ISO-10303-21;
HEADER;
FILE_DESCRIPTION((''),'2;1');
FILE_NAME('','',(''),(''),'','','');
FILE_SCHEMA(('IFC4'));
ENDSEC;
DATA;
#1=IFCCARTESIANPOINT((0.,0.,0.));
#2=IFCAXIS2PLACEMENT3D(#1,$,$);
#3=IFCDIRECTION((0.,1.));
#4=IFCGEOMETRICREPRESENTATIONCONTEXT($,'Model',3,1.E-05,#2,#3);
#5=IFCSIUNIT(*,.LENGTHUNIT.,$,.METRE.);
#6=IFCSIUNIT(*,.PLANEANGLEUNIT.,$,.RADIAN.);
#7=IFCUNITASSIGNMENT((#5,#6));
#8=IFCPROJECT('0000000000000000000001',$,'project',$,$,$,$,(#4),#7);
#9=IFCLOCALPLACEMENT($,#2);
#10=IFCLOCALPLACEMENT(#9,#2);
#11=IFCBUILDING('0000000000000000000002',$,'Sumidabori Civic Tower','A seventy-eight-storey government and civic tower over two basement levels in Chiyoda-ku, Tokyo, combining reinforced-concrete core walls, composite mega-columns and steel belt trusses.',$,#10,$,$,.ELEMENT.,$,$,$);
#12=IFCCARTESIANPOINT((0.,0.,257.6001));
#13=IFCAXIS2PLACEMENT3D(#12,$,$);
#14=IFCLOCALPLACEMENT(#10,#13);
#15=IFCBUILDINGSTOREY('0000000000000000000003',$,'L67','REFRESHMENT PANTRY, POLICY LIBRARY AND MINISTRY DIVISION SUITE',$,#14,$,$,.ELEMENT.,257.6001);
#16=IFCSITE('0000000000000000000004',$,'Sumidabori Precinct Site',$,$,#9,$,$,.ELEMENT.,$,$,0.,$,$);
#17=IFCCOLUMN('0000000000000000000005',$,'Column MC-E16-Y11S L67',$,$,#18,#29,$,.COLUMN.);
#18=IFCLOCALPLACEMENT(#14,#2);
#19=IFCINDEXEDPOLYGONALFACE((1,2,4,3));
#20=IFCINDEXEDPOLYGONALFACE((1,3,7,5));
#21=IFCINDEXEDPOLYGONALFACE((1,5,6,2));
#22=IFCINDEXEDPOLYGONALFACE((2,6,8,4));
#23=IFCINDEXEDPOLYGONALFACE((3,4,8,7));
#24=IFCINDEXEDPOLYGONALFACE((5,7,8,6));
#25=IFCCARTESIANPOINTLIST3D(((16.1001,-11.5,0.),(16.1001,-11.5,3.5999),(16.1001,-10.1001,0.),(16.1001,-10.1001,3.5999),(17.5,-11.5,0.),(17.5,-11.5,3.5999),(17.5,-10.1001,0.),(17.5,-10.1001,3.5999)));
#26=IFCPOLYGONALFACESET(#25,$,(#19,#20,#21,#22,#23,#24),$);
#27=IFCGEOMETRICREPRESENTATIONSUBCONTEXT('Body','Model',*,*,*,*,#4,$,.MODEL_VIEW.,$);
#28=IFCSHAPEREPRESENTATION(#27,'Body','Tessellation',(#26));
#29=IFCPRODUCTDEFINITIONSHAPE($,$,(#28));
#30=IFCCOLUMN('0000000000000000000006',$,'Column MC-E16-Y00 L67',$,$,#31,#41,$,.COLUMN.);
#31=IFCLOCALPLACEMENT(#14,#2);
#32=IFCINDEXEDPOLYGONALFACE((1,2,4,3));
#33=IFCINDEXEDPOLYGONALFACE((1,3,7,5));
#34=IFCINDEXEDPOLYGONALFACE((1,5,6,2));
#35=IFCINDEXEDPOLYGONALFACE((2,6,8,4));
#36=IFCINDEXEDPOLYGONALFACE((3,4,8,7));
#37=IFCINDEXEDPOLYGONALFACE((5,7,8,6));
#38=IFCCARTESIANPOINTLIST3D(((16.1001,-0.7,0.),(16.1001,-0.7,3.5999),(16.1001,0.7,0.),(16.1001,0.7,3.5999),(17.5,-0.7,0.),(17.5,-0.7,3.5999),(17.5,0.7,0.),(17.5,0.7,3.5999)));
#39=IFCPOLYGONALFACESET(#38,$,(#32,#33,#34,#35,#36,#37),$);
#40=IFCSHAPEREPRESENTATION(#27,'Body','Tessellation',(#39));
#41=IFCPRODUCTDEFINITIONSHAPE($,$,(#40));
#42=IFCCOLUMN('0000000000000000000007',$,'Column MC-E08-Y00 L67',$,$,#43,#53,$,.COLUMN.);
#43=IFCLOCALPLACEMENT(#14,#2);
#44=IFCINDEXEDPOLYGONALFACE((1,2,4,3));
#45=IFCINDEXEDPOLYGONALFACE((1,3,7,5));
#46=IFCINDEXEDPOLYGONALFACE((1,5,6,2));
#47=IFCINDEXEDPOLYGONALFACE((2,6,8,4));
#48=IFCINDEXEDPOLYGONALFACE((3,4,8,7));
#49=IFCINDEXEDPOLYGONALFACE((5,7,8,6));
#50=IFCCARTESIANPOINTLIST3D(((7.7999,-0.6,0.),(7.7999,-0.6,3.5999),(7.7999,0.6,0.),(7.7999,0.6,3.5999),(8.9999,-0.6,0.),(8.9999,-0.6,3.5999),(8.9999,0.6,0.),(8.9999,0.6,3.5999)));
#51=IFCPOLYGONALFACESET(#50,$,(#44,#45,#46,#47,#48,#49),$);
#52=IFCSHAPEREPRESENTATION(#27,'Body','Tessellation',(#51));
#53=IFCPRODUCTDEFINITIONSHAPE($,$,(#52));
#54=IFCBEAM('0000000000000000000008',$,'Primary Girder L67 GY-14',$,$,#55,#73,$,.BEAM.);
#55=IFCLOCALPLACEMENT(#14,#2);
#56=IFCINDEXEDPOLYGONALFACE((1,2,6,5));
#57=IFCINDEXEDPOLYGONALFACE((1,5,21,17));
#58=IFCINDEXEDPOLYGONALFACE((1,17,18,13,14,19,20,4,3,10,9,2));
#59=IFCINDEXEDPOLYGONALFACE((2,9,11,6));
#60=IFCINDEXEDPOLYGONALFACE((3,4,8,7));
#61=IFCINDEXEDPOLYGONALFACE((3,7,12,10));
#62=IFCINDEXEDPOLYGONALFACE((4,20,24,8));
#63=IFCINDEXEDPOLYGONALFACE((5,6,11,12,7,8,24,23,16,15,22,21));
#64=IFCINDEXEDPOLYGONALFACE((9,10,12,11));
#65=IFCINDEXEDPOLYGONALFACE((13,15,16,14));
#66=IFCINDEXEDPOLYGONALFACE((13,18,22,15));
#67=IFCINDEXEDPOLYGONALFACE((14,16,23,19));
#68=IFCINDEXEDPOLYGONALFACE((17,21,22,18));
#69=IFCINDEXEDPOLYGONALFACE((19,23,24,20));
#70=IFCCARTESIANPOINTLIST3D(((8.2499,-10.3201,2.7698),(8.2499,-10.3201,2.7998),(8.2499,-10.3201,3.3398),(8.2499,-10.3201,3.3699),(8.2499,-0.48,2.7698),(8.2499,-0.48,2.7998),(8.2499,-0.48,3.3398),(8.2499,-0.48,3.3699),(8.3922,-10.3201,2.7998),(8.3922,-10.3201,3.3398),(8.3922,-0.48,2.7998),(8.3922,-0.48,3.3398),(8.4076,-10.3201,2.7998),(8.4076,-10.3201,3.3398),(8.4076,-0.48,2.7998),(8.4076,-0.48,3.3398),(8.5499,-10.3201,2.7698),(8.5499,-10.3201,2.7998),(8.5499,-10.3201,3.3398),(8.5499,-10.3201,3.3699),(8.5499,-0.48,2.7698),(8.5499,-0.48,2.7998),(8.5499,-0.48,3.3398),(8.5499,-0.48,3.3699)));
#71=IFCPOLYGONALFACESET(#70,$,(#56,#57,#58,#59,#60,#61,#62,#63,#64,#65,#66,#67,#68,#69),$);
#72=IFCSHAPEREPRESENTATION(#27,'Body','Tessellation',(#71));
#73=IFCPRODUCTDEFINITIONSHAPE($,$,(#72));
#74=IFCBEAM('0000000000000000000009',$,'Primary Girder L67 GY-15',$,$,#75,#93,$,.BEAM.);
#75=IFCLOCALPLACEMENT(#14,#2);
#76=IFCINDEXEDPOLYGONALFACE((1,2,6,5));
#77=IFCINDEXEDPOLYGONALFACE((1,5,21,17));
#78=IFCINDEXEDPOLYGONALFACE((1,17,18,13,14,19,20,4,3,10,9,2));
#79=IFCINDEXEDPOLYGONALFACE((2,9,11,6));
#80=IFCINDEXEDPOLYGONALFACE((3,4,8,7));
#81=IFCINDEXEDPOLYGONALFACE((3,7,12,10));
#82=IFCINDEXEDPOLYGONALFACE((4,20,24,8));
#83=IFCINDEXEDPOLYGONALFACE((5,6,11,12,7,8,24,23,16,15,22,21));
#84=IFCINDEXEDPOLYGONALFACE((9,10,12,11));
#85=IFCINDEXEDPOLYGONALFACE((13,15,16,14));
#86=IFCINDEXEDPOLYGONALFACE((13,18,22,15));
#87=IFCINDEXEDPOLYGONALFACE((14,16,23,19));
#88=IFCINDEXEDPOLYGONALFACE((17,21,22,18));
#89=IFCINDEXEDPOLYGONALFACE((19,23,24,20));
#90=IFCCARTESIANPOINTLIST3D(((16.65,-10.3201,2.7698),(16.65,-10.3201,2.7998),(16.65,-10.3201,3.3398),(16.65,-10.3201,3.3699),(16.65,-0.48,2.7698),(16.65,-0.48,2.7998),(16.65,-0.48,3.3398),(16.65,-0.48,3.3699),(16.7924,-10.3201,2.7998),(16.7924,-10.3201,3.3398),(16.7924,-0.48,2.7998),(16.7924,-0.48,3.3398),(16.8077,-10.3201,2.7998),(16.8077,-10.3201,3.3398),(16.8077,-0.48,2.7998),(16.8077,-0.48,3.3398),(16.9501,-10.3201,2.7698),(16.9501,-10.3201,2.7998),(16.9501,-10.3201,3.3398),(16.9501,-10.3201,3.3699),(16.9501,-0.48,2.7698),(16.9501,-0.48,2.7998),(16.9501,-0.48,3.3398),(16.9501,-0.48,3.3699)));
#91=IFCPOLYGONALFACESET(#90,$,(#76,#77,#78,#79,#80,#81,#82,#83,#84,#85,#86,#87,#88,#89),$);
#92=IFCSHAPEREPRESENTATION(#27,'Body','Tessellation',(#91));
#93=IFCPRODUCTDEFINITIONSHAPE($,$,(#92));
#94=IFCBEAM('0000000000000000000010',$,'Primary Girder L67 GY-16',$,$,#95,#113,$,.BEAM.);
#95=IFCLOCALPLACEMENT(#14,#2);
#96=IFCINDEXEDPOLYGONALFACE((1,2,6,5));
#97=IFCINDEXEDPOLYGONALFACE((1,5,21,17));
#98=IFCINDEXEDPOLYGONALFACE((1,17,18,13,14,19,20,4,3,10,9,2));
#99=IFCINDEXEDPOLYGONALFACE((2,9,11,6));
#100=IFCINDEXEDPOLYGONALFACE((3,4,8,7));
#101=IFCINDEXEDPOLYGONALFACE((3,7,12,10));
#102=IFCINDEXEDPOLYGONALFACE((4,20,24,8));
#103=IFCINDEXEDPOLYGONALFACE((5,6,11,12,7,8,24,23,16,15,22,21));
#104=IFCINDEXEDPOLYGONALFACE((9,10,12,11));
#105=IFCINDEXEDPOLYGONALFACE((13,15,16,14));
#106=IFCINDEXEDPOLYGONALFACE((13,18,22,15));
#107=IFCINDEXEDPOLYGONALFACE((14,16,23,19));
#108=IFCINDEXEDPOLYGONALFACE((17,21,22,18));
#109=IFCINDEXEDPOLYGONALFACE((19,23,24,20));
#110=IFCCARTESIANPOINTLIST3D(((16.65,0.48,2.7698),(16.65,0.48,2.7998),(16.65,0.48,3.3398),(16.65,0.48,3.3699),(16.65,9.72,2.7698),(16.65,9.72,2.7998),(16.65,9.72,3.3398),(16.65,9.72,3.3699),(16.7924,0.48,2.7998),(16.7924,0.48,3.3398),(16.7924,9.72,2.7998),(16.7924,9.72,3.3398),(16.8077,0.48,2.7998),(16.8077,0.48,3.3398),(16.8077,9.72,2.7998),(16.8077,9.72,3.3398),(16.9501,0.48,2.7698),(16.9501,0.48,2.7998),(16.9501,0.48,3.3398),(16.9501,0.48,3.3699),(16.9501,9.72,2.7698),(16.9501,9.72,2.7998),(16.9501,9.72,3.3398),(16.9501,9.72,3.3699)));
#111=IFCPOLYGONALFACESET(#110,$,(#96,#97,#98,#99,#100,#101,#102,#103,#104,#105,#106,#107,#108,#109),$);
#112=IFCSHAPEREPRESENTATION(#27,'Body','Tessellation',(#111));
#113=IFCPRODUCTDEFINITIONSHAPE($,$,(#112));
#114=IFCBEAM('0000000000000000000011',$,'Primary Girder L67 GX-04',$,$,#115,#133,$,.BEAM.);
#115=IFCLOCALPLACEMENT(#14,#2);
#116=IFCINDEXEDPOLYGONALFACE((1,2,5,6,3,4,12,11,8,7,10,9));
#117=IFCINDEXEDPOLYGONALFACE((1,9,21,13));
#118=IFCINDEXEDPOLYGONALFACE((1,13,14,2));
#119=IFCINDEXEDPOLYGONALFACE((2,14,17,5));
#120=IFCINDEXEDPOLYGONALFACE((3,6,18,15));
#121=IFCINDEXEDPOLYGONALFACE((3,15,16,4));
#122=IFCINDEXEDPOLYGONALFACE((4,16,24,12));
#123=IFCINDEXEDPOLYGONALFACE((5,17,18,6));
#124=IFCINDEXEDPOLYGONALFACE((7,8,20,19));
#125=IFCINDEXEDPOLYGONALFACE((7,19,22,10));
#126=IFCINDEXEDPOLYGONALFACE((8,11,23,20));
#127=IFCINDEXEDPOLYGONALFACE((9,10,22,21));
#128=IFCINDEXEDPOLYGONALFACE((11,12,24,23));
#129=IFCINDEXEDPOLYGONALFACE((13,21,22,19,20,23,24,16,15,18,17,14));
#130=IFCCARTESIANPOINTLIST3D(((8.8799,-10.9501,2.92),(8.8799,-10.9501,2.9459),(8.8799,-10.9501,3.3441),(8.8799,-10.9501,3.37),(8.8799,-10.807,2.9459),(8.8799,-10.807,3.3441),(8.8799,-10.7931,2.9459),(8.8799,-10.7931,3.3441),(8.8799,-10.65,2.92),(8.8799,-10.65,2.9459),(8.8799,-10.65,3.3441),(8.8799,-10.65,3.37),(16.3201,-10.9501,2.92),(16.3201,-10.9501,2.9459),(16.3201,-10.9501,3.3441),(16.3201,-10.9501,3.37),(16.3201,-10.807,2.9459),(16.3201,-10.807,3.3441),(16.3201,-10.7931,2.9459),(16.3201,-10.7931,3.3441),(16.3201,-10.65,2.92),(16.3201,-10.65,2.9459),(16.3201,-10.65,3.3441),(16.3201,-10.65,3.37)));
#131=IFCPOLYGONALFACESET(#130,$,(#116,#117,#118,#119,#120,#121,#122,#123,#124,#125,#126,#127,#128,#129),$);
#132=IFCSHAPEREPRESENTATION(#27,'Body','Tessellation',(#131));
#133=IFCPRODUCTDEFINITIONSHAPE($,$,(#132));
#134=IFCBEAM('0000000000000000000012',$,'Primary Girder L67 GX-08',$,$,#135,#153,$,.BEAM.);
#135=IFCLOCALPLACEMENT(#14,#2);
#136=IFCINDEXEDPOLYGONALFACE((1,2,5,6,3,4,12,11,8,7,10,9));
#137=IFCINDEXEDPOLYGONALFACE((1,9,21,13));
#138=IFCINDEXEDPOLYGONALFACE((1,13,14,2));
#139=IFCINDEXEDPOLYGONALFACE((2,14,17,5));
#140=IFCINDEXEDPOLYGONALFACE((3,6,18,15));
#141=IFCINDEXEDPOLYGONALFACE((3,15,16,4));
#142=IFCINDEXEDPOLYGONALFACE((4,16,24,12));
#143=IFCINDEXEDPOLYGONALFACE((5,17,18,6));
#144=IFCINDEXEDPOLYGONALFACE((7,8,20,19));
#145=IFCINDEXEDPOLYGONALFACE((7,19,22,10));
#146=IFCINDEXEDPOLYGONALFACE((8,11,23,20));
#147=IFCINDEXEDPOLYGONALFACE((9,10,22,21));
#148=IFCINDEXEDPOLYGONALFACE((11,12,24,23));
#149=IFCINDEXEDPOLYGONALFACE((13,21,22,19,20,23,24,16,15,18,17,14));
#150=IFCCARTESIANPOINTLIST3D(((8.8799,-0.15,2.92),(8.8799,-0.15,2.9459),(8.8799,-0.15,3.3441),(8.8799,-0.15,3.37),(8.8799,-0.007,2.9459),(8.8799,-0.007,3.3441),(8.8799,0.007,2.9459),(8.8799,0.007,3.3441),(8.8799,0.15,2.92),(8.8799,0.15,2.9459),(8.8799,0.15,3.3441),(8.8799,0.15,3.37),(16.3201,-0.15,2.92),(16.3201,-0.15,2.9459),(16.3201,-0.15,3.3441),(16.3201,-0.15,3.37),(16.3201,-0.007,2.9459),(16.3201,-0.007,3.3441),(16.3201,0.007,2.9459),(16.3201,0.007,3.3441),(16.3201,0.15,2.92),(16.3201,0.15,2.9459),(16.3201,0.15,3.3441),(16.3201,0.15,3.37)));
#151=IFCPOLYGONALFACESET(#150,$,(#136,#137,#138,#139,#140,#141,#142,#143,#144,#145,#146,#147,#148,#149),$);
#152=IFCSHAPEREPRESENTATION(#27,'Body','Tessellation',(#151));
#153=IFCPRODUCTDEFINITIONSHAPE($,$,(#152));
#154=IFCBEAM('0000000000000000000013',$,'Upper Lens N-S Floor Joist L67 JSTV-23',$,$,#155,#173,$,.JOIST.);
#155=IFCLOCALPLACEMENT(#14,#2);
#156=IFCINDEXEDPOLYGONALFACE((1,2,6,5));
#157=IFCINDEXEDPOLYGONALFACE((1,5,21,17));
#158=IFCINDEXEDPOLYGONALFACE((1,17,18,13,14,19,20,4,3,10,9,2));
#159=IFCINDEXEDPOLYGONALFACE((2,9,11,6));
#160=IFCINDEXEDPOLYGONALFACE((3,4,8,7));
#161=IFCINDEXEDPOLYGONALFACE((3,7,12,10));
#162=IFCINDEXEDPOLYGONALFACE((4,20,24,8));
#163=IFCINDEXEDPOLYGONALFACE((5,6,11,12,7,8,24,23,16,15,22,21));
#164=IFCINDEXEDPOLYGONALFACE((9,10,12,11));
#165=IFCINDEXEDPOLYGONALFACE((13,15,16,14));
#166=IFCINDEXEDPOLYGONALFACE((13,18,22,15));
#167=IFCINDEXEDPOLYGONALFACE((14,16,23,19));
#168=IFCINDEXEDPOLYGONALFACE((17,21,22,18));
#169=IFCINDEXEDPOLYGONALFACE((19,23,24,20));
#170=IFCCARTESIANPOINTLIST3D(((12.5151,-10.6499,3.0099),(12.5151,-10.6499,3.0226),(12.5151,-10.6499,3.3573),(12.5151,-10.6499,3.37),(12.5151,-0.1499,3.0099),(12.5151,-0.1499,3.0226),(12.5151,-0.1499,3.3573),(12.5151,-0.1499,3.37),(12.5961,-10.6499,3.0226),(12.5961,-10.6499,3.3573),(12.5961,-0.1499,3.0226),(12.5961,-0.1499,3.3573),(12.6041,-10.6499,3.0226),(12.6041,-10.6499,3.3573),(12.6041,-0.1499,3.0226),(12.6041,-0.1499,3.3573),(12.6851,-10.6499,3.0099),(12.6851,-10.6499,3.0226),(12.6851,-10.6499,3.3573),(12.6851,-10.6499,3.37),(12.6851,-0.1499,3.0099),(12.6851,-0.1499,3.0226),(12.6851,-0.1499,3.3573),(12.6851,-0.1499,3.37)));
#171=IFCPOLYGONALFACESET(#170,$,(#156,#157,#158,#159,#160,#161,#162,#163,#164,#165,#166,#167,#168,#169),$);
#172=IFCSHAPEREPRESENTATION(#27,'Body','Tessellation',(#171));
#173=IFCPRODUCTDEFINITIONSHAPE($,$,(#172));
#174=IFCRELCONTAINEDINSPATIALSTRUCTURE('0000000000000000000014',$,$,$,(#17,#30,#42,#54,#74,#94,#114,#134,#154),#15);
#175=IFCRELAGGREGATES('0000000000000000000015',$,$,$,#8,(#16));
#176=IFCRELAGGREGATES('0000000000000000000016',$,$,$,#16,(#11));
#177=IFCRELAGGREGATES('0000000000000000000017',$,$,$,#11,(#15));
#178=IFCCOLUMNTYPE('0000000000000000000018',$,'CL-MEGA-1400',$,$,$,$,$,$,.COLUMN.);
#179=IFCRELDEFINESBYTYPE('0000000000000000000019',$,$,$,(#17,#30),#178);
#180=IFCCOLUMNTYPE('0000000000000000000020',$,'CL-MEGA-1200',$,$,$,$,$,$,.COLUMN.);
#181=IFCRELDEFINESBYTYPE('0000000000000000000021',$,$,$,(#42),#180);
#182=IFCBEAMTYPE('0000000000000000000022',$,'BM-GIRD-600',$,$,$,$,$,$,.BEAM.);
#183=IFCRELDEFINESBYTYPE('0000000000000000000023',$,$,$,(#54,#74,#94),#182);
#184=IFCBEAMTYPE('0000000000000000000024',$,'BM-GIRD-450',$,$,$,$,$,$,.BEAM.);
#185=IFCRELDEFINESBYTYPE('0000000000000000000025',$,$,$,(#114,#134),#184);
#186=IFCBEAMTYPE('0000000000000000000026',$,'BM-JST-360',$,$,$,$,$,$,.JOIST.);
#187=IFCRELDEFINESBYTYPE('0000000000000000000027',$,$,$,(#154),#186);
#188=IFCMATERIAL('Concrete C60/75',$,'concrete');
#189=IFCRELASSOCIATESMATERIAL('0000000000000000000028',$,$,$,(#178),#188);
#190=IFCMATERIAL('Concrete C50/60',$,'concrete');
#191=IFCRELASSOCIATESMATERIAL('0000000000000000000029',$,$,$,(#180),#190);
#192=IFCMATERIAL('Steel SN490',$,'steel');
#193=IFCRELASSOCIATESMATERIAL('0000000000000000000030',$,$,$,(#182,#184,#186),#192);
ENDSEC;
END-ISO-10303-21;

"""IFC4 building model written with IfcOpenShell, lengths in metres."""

from ifc_helpers import new_model, si_unit, direction, frame, origin, origin_2d, place, context, subcontext, project, spatial, rectangle, i_section, extrude, source, transform, mapped, material, material_profile, profile_set, type_object, element, save


model = new_model("IFC4")

# Units and contexts
model_context = context("Model", 3, precision=1e-05, world=origin(), true_north=direction((0.0, 1.0)))
body_context = subcontext(model_context, "Body", "Model", "MODEL_VIEW")
ifc_project = project(units=[si_unit("LENGTHUNIT", "METRE"), si_unit("PLANEANGLEUNIT", "RADIAN")], contexts=[model_context])

# Site, building, storey
site_placement = place(None, origin())
site = spatial("IfcSite", under=ifc_project, at=site_placement, Name="Sumidabori Precinct Site", CompositionType="ELEMENT", RefElevation=0.0)
building_placement = place(site_placement, origin())
building = spatial("IfcBuilding", under=site, at=building_placement, Name="Sumidabori Civic Tower", Description="A seventy-eight-storey government and civic tower over two basement levels in Chiyoda-ku, Tokyo, combining reinforced-concrete core walls, composite mega-columns and steel belt trusses.", CompositionType="ELEMENT")
storey_placement = place(building_placement, frame((0.0, 0.0, 257.6001)))
storey = spatial("IfcBuildingStorey", under=building, at=storey_placement, Name="L67", Description="REFRESHMENT PANTRY, POLICY LIBRARY AND MINISTRY DIVISION SUITE", CompositionType="ELEMENT", Elevation=257.6001)

# Columns
ifc_material_1 = material(Name="Concrete C60/75", Category="concrete")
ifc_material_profile_1 = material_profile(ifc_material_1, rectangle(XDim=1.3999, YDim=1.3999, at=origin_2d()), Name="RC 1400x1400")
ifc_profile_set_1 = profile_set([ifc_material_profile_1], Name="Concrete C60/75")
column_type_1 = type_object("IfcColumnType", Name="CL-MEGA-1400", PredefinedType="COLUMN", material=ifc_profile_set_1)
shared_shape_1 = source(origin(), body_context, "Body", "SweptSolid", [
    extrude(rectangle(XDim=1.3999, YDim=1.3999, at=origin_2d()), origin(), (0.0, 0.0, 1.0), 3.5999),
])
for number, where, z_axis, x_axis, name in (
    (1, (16.8, -10.8, 0.0), (0.0, 0.0, 1.0), (1.0, 0.0, 0.0), "Column MC-E16-Y11S L67"),
    (2, (16.8, 0.0, 0.0), (0.0, 0.0, 1.0), (1.0, 0.0, 0.0), "Column MC-E16-Y00 L67"),
):
    element("IfcColumn", number, at=place(storey_placement, frame(where, z_axis=z_axis, x_axis=x_axis)), inside=storey, type_object=column_type_1, Name=name, PredefinedType="COLUMN", context=body_context, shape_type="MappedRepresentation", body=[
        mapped(shared_shape_1, transform((0.0, 0.0, 0.0), x_axis=(1.0, 0.0, 0.0), y_axis=(0.0, 1.0, 0.0), z_axis=(0.0, 0.0, 1.0), scale=1.0)),
    ])
ifc_material_2 = material(Name="Concrete C50/60", Category="concrete")
ifc_material_profile_2 = material_profile(ifc_material_2, rectangle(XDim=1.2, YDim=1.2, at=origin_2d()), Name="RC 1200x1200")
ifc_profile_set_2 = profile_set([ifc_material_profile_2], Name="Concrete C50/60")
column_type_2 = type_object("IfcColumnType", Name="CL-MEGA-1200", PredefinedType="COLUMN", material=ifc_profile_set_2)
shared_shape_2 = source(origin(), body_context, "Body", "SweptSolid", [
    extrude(rectangle(XDim=1.2, YDim=1.2, at=origin_2d()), origin(), (0.0, 0.0, 1.0), 3.5999),
])
column_placement = place(storey_placement, frame((8.3999, 0.0, 0.0), z_axis=(0.0, 0.0, 1.0), x_axis=(1.0, 0.0, 0.0)))
element("IfcColumn", 3, at=column_placement, inside=storey, type_object=column_type_2, Name="Column MC-E08-Y00 L67", PredefinedType="COLUMN", context=body_context, shape_type="MappedRepresentation", body=[
    mapped(shared_shape_2, transform((0.0, 0.0, 0.0), x_axis=(1.0, 0.0, 0.0), y_axis=(0.0, 1.0, 0.0), z_axis=(0.0, 0.0, 1.0), scale=1.0)),
])

# Beams
ifc_material_3 = material(Name="Steel SN490", Category="steel")
ifc_material_profile_3 = material_profile(ifc_material_3, i_section(OverallWidth=0.3, OverallDepth=0.6001, WebThickness=0.0154, FlangeThickness=0.03, at=origin_2d()), Name="HE 600 B")
ifc_profile_set_3 = profile_set([ifc_material_profile_3], Name="Steel SN490")
beam_type_1 = type_object("IfcBeamType", Name="BM-GIRD-600", PredefinedType="BEAM", material=ifc_profile_set_3)
shared_shape_3 = source(origin(), body_context, "Body", "SweptSolid", [
    extrude(i_section(OverallWidth=0.3, OverallDepth=0.6001, WebThickness=0.0154, FlangeThickness=0.03, at=origin_2d()), origin(), (0.0, 0.0, 1.0), 9.8401),
])
for number, where, z_axis, x_axis, name in (
    (4, (8.3999, -10.3201, 3.0698), (0.0, 1.0, 0.0), (-1.0, 0.0, 0.0), "Primary Girder L67 GY-14"),
    (5, (16.8, -10.3201, 3.0698), (0.0, 1.0, 0.0), (-1.0, 0.0, 0.0), "Primary Girder L67 GY-15"),
):
    element("IfcBeam", number, at=place(storey_placement, frame(where, z_axis=z_axis, x_axis=x_axis)), inside=storey, type_object=beam_type_1, Name=name, PredefinedType="BEAM", context=body_context, shape_type="MappedRepresentation", body=[
        mapped(shared_shape_3, transform((0.0, 0.0, 0.0), x_axis=(1.0, 0.0, 0.0), y_axis=(0.0, 1.0, 0.0), z_axis=(0.0, 0.0, 1.0), scale=1.0)),
    ])
shared_shape_4 = source(origin(), body_context, "Body", "SweptSolid", [
    extrude(i_section(OverallWidth=0.3, OverallDepth=0.6001, WebThickness=0.0154, FlangeThickness=0.03, at=origin_2d()), origin(), (0.0, 0.0, 1.0), 9.24),
])
beam_1_placement = place(storey_placement, frame((16.8, 0.48, 3.0698), z_axis=(0.0, 1.0, 0.0), x_axis=(-1.0, 0.0, 0.0)))
element("IfcBeam", 6, at=beam_1_placement, inside=storey, type_object=beam_type_1, Name="Primary Girder L67 GY-16", PredefinedType="BEAM", context=body_context, shape_type="MappedRepresentation", body=[
    mapped(shared_shape_4, transform((0.0, 0.0, 0.0), x_axis=(1.0, 0.0, 0.0), y_axis=(0.0, 1.0, 0.0), z_axis=(0.0, 0.0, 1.0), scale=1.0)),
])
ifc_material_profile_4 = material_profile(ifc_material_3, i_section(OverallWidth=0.3, OverallDepth=0.45, WebThickness=0.0139, FlangeThickness=0.0259, at=origin_2d()), Name="HE 450 B")
ifc_profile_set_4 = profile_set([ifc_material_profile_4], Name="Steel SN490")
beam_type_2 = type_object("IfcBeamType", Name="BM-GIRD-450", PredefinedType="BEAM", material=ifc_profile_set_4)
shared_shape_5 = source(origin(), body_context, "Body", "SweptSolid", [
    extrude(i_section(OverallWidth=0.3, OverallDepth=0.45, WebThickness=0.0139, FlangeThickness=0.0259, at=origin_2d()), origin(), (0.0, 0.0, 1.0), 7.4402),
])
for number, where, z_axis, x_axis, name in (
    (7, (8.8799, -10.8, 3.145), (1.0, 0.0, 0.0), (0.0, 1.0, 0.0), "Primary Girder L67 GX-04"),
    (8, (8.8799, 0.0, 3.145), (1.0, 0.0, 0.0), (0.0, 1.0, 0.0), "Primary Girder L67 GX-08"),
):
    element("IfcBeam", number, at=place(storey_placement, frame(where, z_axis=z_axis, x_axis=x_axis)), inside=storey, type_object=beam_type_2, Name=name, PredefinedType="BEAM", context=body_context, shape_type="MappedRepresentation", body=[
        mapped(shared_shape_5, transform((0.0, 0.0, 0.0), x_axis=(1.0, 0.0, 0.0), y_axis=(0.0, 1.0, 0.0), z_axis=(0.0, 0.0, 1.0), scale=1.0)),
    ])
ifc_material_profile_5 = material_profile(ifc_material_3, i_section(OverallWidth=0.1699, OverallDepth=0.3601, WebThickness=0.0081, FlangeThickness=0.0127, at=origin_2d()), Name="IPE 360")
ifc_profile_set_5 = profile_set([ifc_material_profile_5], Name="Steel SN490")
beam_type_3 = type_object("IfcBeamType", Name="BM-JST-360", PredefinedType="JOIST", material=ifc_profile_set_5)
shared_shape_6 = source(origin(), body_context, "Body", "SweptSolid", [
    extrude(i_section(OverallWidth=0.1699, OverallDepth=0.3601, WebThickness=0.0081, FlangeThickness=0.0127, at=origin_2d()), origin(), (0.0, 0.0, 1.0), 10.5),
])
beam_2_placement = place(storey_placement, frame((12.6001, -10.6499, 3.1899), z_axis=(0.0, 1.0, 0.0), x_axis=(-1.0, 0.0, 0.0)))
element("IfcBeam", 9, at=beam_2_placement, inside=storey, type_object=beam_type_3, Name="Upper Lens N-S Floor Joist L67 JSTV-23", PredefinedType="JOIST", context=body_context, shape_type="MappedRepresentation", body=[
    mapped(shared_shape_6, transform((0.0, 0.0, 0.0), x_axis=(1.0, 0.0, 0.0), y_axis=(0.0, 1.0, 0.0), z_axis=(0.0, 0.0, 1.0), scale=1.0)),
])

save(model, "model.ifc")
